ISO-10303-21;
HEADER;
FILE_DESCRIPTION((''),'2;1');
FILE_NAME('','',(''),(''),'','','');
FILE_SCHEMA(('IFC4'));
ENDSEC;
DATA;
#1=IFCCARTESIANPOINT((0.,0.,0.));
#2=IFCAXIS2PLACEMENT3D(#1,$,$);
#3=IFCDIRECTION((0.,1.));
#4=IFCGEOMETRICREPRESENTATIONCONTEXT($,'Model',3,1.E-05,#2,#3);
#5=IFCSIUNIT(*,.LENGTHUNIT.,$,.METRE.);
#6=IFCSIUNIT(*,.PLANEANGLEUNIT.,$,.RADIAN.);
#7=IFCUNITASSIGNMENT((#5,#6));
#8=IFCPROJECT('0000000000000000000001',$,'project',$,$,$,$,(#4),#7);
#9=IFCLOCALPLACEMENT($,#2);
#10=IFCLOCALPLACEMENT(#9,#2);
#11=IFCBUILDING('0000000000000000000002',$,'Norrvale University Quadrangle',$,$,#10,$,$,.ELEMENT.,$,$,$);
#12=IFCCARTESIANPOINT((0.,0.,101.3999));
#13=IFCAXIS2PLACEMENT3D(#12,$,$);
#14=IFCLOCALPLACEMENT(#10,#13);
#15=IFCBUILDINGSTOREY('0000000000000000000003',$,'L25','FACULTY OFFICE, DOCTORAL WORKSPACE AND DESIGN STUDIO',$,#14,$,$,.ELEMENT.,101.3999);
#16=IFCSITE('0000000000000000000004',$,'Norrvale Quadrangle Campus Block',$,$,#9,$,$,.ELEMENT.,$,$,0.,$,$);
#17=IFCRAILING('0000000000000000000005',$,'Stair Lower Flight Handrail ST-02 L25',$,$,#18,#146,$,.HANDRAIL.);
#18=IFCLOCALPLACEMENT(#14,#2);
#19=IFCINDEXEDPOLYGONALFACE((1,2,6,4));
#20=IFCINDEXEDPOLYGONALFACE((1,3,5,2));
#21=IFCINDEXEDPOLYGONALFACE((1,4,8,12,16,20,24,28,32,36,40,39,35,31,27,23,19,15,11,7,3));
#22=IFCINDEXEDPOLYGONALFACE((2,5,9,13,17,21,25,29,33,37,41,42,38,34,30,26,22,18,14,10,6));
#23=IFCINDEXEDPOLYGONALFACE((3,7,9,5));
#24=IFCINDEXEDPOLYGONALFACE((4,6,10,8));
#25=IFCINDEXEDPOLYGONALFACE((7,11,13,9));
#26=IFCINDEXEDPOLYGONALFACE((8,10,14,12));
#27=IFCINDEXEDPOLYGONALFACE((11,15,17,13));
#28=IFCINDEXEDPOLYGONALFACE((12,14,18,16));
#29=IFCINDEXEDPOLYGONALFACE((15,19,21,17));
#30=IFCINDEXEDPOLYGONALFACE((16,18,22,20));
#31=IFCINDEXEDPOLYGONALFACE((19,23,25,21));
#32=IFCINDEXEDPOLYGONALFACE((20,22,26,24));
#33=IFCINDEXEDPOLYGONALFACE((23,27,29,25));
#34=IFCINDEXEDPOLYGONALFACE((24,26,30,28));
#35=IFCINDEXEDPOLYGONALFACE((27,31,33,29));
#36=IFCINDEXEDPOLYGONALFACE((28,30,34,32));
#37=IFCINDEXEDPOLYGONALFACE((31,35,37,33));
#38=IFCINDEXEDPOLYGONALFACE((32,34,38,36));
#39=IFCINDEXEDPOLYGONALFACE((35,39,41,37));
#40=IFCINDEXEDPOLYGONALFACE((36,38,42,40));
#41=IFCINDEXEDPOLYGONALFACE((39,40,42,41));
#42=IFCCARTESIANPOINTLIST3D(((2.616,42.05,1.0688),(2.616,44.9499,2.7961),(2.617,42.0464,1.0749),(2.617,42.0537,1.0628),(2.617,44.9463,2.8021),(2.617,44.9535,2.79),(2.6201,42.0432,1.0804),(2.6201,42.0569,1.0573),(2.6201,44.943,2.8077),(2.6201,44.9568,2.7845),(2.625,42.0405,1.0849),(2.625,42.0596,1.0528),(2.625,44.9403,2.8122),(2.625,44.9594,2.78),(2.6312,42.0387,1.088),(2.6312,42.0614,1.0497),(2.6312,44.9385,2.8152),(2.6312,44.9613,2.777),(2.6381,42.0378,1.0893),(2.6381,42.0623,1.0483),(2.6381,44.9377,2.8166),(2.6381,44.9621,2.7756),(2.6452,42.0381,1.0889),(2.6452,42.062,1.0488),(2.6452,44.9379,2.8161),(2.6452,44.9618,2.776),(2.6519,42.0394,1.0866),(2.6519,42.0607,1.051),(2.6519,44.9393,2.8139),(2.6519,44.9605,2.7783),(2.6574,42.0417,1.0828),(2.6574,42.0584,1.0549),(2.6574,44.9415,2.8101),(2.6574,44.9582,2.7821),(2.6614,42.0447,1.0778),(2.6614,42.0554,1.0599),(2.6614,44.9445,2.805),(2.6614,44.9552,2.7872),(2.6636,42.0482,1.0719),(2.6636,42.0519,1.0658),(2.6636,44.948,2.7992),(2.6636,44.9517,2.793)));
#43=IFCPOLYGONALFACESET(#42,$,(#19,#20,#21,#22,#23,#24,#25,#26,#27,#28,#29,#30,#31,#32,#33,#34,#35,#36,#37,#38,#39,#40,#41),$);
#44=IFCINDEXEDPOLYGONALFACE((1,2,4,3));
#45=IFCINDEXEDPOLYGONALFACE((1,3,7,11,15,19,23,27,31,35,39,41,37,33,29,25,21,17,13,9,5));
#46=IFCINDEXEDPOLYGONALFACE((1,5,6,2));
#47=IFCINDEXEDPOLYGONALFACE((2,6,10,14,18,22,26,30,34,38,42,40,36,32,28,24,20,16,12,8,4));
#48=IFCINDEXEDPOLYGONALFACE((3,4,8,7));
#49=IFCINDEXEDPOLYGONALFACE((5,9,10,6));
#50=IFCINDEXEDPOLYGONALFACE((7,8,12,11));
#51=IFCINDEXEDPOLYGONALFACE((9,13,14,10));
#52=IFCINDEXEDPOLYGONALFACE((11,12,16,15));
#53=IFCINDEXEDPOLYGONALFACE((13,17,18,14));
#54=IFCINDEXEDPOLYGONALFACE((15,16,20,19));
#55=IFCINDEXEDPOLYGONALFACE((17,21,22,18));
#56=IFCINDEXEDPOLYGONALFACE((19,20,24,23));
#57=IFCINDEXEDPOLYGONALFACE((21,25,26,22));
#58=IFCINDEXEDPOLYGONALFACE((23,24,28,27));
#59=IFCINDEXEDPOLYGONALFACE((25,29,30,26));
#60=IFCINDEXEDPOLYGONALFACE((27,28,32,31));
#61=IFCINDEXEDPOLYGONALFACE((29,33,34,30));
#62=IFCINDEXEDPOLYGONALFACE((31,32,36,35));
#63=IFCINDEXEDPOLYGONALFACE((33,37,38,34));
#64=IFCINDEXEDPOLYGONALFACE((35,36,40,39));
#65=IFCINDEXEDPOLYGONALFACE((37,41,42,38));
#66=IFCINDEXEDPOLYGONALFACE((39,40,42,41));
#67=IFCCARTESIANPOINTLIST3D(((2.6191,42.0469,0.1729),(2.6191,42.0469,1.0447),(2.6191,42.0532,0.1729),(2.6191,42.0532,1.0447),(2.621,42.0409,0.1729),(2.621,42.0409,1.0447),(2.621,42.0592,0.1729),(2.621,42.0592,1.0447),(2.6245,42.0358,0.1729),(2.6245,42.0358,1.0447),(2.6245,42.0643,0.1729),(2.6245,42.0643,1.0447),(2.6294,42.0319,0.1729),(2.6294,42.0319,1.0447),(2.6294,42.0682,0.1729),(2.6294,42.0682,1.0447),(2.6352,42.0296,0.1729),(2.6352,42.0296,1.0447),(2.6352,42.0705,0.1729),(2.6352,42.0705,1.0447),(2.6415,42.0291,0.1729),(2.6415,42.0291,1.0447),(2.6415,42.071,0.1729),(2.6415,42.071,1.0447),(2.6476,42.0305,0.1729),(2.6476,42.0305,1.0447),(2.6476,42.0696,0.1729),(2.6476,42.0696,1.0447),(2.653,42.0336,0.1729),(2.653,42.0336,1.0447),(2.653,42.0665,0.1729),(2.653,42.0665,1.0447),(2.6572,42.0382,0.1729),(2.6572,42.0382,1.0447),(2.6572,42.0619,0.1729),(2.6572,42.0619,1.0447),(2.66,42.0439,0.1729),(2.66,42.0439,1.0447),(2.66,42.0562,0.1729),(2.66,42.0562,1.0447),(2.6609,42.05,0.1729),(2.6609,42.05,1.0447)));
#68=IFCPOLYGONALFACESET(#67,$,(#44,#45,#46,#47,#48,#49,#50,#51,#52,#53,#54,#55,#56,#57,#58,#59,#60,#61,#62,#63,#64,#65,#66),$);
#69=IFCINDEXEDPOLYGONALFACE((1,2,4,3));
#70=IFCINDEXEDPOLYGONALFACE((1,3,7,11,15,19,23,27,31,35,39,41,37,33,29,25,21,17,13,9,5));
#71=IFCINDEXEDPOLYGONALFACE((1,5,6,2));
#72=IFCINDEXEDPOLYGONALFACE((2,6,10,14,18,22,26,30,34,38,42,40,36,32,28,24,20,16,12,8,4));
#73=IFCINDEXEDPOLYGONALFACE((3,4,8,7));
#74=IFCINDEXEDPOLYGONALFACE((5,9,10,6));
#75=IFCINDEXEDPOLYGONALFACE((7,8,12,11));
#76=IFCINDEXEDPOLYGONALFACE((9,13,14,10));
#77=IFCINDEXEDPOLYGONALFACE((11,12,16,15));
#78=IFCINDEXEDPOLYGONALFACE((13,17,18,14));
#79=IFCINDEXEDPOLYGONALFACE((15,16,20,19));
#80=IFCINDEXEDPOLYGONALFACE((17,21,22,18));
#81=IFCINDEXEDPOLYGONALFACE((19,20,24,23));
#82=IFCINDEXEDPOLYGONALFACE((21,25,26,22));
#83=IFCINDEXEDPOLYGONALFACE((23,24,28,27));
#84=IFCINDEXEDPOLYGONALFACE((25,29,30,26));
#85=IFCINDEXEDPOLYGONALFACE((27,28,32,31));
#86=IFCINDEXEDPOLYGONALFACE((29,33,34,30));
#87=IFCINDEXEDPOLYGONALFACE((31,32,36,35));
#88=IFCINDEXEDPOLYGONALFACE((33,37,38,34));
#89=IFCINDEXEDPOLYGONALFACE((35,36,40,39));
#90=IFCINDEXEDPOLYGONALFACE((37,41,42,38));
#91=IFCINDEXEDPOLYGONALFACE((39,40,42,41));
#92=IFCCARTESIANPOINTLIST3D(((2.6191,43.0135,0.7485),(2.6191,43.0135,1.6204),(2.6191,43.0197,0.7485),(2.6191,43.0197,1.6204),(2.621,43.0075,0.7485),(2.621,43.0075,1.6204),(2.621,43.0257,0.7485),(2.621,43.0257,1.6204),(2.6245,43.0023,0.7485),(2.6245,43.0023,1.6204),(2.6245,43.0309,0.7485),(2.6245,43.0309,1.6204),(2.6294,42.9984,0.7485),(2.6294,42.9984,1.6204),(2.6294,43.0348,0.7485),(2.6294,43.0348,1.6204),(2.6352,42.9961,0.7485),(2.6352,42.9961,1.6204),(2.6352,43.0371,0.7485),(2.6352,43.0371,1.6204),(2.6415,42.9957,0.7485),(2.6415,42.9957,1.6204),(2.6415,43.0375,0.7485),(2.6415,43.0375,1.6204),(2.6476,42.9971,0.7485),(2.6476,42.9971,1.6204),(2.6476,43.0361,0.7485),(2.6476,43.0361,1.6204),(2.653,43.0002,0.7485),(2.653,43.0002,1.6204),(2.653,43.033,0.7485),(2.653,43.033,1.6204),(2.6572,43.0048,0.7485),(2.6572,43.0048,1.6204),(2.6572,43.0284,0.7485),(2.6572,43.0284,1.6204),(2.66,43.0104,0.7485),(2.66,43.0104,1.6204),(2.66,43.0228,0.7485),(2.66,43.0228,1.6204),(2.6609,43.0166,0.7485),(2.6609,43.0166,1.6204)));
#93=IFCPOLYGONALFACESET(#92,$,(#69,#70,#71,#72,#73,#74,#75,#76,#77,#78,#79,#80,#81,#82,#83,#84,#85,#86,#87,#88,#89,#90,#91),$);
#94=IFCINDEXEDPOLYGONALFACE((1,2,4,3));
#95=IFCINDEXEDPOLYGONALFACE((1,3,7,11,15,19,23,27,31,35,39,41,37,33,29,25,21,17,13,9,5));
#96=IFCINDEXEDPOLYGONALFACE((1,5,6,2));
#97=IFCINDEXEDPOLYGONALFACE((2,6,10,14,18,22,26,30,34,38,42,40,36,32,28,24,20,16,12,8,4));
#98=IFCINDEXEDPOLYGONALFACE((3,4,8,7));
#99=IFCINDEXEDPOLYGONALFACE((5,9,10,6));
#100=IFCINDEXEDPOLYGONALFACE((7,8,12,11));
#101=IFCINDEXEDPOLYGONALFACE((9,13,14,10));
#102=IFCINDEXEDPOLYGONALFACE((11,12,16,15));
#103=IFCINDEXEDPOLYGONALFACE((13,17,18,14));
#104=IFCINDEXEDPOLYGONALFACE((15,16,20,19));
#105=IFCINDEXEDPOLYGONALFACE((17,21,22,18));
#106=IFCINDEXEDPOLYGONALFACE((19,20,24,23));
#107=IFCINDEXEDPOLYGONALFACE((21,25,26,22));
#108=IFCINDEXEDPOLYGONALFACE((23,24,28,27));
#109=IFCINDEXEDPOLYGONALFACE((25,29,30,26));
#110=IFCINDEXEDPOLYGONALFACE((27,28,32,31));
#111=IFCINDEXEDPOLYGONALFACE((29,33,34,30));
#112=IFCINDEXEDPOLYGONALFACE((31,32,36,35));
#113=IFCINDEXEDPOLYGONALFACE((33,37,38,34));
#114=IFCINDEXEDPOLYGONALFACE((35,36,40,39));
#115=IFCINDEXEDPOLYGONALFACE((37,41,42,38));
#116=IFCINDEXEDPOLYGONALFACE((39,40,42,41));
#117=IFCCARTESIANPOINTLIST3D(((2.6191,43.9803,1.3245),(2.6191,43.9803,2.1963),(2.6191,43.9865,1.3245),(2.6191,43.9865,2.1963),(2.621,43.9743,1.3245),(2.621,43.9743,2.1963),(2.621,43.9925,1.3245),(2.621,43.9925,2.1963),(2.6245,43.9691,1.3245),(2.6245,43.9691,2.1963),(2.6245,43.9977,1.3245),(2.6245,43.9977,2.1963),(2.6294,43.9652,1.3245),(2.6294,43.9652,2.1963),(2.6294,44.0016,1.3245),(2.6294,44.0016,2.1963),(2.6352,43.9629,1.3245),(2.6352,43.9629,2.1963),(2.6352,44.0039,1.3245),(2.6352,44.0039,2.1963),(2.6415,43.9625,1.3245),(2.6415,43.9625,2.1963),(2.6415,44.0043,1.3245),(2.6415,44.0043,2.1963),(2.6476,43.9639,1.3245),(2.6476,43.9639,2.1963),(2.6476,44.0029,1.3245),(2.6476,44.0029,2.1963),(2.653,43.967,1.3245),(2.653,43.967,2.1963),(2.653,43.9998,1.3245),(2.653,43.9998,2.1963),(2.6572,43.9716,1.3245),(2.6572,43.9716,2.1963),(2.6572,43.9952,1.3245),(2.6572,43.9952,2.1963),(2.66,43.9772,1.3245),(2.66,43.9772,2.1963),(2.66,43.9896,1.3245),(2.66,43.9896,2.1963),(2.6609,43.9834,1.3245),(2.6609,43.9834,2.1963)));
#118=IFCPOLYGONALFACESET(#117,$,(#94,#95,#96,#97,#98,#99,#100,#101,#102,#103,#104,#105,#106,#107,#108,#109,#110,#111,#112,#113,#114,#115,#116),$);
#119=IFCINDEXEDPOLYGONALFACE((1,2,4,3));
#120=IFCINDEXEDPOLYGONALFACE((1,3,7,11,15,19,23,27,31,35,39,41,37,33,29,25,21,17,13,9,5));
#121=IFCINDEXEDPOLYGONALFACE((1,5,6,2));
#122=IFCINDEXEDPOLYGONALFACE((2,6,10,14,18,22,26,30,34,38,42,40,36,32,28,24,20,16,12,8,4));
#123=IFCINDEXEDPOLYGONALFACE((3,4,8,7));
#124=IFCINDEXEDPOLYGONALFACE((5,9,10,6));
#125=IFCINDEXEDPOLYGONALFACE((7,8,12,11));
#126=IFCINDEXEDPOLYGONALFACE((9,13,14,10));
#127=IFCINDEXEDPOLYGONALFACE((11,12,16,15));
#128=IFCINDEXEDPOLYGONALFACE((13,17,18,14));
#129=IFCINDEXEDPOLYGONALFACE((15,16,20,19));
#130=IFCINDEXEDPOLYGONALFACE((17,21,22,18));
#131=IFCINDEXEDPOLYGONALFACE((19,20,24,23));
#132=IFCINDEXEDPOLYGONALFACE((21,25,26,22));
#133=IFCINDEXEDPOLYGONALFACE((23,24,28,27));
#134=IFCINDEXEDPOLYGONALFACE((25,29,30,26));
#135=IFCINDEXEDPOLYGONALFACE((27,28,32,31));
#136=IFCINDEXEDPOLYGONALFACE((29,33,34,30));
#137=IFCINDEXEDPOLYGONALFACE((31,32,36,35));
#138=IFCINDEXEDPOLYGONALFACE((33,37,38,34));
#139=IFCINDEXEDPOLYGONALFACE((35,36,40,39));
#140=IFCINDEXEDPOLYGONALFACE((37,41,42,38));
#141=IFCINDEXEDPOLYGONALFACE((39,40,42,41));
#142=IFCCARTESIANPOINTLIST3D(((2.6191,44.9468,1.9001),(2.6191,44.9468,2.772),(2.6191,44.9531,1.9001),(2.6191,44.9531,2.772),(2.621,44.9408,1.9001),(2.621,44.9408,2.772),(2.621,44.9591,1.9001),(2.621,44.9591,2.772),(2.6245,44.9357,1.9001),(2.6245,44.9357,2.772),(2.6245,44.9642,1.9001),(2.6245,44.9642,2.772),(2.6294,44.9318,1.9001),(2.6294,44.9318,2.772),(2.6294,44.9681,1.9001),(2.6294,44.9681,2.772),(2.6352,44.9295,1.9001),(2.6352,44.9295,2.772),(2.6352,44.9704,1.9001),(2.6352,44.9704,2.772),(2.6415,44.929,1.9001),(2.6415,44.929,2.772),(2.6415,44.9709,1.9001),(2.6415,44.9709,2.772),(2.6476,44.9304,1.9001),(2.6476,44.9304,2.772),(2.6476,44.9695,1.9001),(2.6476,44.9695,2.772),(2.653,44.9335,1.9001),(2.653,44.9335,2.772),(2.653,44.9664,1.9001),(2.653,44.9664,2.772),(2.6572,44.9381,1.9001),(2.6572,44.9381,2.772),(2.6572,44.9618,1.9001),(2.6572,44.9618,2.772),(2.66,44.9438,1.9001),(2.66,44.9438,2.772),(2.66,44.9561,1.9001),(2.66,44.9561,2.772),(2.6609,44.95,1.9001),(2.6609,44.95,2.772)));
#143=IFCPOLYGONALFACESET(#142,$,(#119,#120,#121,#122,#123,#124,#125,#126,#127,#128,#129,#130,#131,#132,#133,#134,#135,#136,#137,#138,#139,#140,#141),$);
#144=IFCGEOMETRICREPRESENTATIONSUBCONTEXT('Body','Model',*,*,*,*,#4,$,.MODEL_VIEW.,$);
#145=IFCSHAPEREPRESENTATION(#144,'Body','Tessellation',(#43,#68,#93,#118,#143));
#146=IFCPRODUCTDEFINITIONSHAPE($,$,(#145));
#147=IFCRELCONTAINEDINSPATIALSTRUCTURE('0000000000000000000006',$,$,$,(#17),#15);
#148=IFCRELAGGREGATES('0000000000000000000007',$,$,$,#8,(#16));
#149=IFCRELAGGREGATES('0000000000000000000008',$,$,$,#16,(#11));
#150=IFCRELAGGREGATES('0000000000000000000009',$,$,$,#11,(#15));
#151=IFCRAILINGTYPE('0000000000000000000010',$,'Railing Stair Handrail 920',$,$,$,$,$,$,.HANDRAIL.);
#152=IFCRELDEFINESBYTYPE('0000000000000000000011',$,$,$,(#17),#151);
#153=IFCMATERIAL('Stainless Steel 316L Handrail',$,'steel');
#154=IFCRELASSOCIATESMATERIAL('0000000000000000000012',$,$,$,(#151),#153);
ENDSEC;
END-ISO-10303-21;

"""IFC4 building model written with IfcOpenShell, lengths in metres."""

from ifc_helpers import new_model, si_unit, direction, frame, origin, origin_2d, place, context, subcontext, project, spatial, circle, extrude, material, type_object, element, save


model = new_model("IFC4")

# Units and contexts
model_context = context("Model", 3, precision=1e-05, world=origin(), true_north=direction((0.0, 1.0)))
body_context = subcontext(model_context, "Body", "Model", "MODEL_VIEW")
ifc_project = project(units=[si_unit("LENGTHUNIT", "METRE"), si_unit("PLANEANGLEUNIT", "RADIAN")], contexts=[model_context])

# Site, building, storey
site_placement = place(None, origin())
site = spatial("IfcSite", under=ifc_project, at=site_placement, Name="Norrvale Quadrangle Campus Block", CompositionType="ELEMENT", RefElevation=0.0)
building_placement = place(site_placement, origin())
building = spatial("IfcBuilding", under=site, at=building_placement, Name="Norrvale University Quadrangle", CompositionType="ELEMENT")
storey_placement = place(building_placement, frame((0.0, 0.0, 101.3999)))
storey = spatial("IfcBuildingStorey", under=building, at=storey_placement, Name="L25", Description="FACULTY OFFICE, DOCTORAL WORKSPACE AND DESIGN STUDIO", CompositionType="ELEMENT", Elevation=101.3999)

# Railing
ifc_material_1 = material(Name="Stainless Steel 316L Handrail", Category="steel")
railing_type_1 = type_object("IfcRailingType", Name="Railing Stair Handrail 920", PredefinedType="HANDRAIL", material=ifc_material_1)
railing_1_placement = place(storey_placement, frame((2.6399, 42.05, 0.1729)))
element("IfcRailing", 1, at=railing_1_placement, inside=storey, type_object=railing_type_1, Name="Stair Lower Flight Handrail ST-02 L25", PredefinedType="HANDRAIL", context=body_context, shape_type="SweptSolid", body=[
    extrude(circle(Radius=0.0239, at=origin_2d()), frame((0.0, 0.0, 0.896), z_axis=(0.0, 0.859141, 0.511738), x_axis=(-1.0, 0.0, 0.0)), (0.0, 0.0, 1.0), 3.3752),
    extrude(circle(Radius=0.021, at=origin_2d()), origin(), (0.0, 0.0, 1.0), 0.8718),
    extrude(circle(Radius=0.021, at=origin_2d()), frame((0.0, 0.9666, 0.5757)), (0.0, 0.0, 1.0), 0.8718),
    extrude(circle(Radius=0.021, at=origin_2d()), frame((0.0, 1.9333, 1.1516)), (0.0, 0.0, 1.0), 0.8718),
    extrude(circle(Radius=0.021, at=origin_2d()), frame((0.0, 2.8999, 1.7273)), (0.0, 0.0, 1.0), 0.8718),
])

save(model, "model.ifc")
